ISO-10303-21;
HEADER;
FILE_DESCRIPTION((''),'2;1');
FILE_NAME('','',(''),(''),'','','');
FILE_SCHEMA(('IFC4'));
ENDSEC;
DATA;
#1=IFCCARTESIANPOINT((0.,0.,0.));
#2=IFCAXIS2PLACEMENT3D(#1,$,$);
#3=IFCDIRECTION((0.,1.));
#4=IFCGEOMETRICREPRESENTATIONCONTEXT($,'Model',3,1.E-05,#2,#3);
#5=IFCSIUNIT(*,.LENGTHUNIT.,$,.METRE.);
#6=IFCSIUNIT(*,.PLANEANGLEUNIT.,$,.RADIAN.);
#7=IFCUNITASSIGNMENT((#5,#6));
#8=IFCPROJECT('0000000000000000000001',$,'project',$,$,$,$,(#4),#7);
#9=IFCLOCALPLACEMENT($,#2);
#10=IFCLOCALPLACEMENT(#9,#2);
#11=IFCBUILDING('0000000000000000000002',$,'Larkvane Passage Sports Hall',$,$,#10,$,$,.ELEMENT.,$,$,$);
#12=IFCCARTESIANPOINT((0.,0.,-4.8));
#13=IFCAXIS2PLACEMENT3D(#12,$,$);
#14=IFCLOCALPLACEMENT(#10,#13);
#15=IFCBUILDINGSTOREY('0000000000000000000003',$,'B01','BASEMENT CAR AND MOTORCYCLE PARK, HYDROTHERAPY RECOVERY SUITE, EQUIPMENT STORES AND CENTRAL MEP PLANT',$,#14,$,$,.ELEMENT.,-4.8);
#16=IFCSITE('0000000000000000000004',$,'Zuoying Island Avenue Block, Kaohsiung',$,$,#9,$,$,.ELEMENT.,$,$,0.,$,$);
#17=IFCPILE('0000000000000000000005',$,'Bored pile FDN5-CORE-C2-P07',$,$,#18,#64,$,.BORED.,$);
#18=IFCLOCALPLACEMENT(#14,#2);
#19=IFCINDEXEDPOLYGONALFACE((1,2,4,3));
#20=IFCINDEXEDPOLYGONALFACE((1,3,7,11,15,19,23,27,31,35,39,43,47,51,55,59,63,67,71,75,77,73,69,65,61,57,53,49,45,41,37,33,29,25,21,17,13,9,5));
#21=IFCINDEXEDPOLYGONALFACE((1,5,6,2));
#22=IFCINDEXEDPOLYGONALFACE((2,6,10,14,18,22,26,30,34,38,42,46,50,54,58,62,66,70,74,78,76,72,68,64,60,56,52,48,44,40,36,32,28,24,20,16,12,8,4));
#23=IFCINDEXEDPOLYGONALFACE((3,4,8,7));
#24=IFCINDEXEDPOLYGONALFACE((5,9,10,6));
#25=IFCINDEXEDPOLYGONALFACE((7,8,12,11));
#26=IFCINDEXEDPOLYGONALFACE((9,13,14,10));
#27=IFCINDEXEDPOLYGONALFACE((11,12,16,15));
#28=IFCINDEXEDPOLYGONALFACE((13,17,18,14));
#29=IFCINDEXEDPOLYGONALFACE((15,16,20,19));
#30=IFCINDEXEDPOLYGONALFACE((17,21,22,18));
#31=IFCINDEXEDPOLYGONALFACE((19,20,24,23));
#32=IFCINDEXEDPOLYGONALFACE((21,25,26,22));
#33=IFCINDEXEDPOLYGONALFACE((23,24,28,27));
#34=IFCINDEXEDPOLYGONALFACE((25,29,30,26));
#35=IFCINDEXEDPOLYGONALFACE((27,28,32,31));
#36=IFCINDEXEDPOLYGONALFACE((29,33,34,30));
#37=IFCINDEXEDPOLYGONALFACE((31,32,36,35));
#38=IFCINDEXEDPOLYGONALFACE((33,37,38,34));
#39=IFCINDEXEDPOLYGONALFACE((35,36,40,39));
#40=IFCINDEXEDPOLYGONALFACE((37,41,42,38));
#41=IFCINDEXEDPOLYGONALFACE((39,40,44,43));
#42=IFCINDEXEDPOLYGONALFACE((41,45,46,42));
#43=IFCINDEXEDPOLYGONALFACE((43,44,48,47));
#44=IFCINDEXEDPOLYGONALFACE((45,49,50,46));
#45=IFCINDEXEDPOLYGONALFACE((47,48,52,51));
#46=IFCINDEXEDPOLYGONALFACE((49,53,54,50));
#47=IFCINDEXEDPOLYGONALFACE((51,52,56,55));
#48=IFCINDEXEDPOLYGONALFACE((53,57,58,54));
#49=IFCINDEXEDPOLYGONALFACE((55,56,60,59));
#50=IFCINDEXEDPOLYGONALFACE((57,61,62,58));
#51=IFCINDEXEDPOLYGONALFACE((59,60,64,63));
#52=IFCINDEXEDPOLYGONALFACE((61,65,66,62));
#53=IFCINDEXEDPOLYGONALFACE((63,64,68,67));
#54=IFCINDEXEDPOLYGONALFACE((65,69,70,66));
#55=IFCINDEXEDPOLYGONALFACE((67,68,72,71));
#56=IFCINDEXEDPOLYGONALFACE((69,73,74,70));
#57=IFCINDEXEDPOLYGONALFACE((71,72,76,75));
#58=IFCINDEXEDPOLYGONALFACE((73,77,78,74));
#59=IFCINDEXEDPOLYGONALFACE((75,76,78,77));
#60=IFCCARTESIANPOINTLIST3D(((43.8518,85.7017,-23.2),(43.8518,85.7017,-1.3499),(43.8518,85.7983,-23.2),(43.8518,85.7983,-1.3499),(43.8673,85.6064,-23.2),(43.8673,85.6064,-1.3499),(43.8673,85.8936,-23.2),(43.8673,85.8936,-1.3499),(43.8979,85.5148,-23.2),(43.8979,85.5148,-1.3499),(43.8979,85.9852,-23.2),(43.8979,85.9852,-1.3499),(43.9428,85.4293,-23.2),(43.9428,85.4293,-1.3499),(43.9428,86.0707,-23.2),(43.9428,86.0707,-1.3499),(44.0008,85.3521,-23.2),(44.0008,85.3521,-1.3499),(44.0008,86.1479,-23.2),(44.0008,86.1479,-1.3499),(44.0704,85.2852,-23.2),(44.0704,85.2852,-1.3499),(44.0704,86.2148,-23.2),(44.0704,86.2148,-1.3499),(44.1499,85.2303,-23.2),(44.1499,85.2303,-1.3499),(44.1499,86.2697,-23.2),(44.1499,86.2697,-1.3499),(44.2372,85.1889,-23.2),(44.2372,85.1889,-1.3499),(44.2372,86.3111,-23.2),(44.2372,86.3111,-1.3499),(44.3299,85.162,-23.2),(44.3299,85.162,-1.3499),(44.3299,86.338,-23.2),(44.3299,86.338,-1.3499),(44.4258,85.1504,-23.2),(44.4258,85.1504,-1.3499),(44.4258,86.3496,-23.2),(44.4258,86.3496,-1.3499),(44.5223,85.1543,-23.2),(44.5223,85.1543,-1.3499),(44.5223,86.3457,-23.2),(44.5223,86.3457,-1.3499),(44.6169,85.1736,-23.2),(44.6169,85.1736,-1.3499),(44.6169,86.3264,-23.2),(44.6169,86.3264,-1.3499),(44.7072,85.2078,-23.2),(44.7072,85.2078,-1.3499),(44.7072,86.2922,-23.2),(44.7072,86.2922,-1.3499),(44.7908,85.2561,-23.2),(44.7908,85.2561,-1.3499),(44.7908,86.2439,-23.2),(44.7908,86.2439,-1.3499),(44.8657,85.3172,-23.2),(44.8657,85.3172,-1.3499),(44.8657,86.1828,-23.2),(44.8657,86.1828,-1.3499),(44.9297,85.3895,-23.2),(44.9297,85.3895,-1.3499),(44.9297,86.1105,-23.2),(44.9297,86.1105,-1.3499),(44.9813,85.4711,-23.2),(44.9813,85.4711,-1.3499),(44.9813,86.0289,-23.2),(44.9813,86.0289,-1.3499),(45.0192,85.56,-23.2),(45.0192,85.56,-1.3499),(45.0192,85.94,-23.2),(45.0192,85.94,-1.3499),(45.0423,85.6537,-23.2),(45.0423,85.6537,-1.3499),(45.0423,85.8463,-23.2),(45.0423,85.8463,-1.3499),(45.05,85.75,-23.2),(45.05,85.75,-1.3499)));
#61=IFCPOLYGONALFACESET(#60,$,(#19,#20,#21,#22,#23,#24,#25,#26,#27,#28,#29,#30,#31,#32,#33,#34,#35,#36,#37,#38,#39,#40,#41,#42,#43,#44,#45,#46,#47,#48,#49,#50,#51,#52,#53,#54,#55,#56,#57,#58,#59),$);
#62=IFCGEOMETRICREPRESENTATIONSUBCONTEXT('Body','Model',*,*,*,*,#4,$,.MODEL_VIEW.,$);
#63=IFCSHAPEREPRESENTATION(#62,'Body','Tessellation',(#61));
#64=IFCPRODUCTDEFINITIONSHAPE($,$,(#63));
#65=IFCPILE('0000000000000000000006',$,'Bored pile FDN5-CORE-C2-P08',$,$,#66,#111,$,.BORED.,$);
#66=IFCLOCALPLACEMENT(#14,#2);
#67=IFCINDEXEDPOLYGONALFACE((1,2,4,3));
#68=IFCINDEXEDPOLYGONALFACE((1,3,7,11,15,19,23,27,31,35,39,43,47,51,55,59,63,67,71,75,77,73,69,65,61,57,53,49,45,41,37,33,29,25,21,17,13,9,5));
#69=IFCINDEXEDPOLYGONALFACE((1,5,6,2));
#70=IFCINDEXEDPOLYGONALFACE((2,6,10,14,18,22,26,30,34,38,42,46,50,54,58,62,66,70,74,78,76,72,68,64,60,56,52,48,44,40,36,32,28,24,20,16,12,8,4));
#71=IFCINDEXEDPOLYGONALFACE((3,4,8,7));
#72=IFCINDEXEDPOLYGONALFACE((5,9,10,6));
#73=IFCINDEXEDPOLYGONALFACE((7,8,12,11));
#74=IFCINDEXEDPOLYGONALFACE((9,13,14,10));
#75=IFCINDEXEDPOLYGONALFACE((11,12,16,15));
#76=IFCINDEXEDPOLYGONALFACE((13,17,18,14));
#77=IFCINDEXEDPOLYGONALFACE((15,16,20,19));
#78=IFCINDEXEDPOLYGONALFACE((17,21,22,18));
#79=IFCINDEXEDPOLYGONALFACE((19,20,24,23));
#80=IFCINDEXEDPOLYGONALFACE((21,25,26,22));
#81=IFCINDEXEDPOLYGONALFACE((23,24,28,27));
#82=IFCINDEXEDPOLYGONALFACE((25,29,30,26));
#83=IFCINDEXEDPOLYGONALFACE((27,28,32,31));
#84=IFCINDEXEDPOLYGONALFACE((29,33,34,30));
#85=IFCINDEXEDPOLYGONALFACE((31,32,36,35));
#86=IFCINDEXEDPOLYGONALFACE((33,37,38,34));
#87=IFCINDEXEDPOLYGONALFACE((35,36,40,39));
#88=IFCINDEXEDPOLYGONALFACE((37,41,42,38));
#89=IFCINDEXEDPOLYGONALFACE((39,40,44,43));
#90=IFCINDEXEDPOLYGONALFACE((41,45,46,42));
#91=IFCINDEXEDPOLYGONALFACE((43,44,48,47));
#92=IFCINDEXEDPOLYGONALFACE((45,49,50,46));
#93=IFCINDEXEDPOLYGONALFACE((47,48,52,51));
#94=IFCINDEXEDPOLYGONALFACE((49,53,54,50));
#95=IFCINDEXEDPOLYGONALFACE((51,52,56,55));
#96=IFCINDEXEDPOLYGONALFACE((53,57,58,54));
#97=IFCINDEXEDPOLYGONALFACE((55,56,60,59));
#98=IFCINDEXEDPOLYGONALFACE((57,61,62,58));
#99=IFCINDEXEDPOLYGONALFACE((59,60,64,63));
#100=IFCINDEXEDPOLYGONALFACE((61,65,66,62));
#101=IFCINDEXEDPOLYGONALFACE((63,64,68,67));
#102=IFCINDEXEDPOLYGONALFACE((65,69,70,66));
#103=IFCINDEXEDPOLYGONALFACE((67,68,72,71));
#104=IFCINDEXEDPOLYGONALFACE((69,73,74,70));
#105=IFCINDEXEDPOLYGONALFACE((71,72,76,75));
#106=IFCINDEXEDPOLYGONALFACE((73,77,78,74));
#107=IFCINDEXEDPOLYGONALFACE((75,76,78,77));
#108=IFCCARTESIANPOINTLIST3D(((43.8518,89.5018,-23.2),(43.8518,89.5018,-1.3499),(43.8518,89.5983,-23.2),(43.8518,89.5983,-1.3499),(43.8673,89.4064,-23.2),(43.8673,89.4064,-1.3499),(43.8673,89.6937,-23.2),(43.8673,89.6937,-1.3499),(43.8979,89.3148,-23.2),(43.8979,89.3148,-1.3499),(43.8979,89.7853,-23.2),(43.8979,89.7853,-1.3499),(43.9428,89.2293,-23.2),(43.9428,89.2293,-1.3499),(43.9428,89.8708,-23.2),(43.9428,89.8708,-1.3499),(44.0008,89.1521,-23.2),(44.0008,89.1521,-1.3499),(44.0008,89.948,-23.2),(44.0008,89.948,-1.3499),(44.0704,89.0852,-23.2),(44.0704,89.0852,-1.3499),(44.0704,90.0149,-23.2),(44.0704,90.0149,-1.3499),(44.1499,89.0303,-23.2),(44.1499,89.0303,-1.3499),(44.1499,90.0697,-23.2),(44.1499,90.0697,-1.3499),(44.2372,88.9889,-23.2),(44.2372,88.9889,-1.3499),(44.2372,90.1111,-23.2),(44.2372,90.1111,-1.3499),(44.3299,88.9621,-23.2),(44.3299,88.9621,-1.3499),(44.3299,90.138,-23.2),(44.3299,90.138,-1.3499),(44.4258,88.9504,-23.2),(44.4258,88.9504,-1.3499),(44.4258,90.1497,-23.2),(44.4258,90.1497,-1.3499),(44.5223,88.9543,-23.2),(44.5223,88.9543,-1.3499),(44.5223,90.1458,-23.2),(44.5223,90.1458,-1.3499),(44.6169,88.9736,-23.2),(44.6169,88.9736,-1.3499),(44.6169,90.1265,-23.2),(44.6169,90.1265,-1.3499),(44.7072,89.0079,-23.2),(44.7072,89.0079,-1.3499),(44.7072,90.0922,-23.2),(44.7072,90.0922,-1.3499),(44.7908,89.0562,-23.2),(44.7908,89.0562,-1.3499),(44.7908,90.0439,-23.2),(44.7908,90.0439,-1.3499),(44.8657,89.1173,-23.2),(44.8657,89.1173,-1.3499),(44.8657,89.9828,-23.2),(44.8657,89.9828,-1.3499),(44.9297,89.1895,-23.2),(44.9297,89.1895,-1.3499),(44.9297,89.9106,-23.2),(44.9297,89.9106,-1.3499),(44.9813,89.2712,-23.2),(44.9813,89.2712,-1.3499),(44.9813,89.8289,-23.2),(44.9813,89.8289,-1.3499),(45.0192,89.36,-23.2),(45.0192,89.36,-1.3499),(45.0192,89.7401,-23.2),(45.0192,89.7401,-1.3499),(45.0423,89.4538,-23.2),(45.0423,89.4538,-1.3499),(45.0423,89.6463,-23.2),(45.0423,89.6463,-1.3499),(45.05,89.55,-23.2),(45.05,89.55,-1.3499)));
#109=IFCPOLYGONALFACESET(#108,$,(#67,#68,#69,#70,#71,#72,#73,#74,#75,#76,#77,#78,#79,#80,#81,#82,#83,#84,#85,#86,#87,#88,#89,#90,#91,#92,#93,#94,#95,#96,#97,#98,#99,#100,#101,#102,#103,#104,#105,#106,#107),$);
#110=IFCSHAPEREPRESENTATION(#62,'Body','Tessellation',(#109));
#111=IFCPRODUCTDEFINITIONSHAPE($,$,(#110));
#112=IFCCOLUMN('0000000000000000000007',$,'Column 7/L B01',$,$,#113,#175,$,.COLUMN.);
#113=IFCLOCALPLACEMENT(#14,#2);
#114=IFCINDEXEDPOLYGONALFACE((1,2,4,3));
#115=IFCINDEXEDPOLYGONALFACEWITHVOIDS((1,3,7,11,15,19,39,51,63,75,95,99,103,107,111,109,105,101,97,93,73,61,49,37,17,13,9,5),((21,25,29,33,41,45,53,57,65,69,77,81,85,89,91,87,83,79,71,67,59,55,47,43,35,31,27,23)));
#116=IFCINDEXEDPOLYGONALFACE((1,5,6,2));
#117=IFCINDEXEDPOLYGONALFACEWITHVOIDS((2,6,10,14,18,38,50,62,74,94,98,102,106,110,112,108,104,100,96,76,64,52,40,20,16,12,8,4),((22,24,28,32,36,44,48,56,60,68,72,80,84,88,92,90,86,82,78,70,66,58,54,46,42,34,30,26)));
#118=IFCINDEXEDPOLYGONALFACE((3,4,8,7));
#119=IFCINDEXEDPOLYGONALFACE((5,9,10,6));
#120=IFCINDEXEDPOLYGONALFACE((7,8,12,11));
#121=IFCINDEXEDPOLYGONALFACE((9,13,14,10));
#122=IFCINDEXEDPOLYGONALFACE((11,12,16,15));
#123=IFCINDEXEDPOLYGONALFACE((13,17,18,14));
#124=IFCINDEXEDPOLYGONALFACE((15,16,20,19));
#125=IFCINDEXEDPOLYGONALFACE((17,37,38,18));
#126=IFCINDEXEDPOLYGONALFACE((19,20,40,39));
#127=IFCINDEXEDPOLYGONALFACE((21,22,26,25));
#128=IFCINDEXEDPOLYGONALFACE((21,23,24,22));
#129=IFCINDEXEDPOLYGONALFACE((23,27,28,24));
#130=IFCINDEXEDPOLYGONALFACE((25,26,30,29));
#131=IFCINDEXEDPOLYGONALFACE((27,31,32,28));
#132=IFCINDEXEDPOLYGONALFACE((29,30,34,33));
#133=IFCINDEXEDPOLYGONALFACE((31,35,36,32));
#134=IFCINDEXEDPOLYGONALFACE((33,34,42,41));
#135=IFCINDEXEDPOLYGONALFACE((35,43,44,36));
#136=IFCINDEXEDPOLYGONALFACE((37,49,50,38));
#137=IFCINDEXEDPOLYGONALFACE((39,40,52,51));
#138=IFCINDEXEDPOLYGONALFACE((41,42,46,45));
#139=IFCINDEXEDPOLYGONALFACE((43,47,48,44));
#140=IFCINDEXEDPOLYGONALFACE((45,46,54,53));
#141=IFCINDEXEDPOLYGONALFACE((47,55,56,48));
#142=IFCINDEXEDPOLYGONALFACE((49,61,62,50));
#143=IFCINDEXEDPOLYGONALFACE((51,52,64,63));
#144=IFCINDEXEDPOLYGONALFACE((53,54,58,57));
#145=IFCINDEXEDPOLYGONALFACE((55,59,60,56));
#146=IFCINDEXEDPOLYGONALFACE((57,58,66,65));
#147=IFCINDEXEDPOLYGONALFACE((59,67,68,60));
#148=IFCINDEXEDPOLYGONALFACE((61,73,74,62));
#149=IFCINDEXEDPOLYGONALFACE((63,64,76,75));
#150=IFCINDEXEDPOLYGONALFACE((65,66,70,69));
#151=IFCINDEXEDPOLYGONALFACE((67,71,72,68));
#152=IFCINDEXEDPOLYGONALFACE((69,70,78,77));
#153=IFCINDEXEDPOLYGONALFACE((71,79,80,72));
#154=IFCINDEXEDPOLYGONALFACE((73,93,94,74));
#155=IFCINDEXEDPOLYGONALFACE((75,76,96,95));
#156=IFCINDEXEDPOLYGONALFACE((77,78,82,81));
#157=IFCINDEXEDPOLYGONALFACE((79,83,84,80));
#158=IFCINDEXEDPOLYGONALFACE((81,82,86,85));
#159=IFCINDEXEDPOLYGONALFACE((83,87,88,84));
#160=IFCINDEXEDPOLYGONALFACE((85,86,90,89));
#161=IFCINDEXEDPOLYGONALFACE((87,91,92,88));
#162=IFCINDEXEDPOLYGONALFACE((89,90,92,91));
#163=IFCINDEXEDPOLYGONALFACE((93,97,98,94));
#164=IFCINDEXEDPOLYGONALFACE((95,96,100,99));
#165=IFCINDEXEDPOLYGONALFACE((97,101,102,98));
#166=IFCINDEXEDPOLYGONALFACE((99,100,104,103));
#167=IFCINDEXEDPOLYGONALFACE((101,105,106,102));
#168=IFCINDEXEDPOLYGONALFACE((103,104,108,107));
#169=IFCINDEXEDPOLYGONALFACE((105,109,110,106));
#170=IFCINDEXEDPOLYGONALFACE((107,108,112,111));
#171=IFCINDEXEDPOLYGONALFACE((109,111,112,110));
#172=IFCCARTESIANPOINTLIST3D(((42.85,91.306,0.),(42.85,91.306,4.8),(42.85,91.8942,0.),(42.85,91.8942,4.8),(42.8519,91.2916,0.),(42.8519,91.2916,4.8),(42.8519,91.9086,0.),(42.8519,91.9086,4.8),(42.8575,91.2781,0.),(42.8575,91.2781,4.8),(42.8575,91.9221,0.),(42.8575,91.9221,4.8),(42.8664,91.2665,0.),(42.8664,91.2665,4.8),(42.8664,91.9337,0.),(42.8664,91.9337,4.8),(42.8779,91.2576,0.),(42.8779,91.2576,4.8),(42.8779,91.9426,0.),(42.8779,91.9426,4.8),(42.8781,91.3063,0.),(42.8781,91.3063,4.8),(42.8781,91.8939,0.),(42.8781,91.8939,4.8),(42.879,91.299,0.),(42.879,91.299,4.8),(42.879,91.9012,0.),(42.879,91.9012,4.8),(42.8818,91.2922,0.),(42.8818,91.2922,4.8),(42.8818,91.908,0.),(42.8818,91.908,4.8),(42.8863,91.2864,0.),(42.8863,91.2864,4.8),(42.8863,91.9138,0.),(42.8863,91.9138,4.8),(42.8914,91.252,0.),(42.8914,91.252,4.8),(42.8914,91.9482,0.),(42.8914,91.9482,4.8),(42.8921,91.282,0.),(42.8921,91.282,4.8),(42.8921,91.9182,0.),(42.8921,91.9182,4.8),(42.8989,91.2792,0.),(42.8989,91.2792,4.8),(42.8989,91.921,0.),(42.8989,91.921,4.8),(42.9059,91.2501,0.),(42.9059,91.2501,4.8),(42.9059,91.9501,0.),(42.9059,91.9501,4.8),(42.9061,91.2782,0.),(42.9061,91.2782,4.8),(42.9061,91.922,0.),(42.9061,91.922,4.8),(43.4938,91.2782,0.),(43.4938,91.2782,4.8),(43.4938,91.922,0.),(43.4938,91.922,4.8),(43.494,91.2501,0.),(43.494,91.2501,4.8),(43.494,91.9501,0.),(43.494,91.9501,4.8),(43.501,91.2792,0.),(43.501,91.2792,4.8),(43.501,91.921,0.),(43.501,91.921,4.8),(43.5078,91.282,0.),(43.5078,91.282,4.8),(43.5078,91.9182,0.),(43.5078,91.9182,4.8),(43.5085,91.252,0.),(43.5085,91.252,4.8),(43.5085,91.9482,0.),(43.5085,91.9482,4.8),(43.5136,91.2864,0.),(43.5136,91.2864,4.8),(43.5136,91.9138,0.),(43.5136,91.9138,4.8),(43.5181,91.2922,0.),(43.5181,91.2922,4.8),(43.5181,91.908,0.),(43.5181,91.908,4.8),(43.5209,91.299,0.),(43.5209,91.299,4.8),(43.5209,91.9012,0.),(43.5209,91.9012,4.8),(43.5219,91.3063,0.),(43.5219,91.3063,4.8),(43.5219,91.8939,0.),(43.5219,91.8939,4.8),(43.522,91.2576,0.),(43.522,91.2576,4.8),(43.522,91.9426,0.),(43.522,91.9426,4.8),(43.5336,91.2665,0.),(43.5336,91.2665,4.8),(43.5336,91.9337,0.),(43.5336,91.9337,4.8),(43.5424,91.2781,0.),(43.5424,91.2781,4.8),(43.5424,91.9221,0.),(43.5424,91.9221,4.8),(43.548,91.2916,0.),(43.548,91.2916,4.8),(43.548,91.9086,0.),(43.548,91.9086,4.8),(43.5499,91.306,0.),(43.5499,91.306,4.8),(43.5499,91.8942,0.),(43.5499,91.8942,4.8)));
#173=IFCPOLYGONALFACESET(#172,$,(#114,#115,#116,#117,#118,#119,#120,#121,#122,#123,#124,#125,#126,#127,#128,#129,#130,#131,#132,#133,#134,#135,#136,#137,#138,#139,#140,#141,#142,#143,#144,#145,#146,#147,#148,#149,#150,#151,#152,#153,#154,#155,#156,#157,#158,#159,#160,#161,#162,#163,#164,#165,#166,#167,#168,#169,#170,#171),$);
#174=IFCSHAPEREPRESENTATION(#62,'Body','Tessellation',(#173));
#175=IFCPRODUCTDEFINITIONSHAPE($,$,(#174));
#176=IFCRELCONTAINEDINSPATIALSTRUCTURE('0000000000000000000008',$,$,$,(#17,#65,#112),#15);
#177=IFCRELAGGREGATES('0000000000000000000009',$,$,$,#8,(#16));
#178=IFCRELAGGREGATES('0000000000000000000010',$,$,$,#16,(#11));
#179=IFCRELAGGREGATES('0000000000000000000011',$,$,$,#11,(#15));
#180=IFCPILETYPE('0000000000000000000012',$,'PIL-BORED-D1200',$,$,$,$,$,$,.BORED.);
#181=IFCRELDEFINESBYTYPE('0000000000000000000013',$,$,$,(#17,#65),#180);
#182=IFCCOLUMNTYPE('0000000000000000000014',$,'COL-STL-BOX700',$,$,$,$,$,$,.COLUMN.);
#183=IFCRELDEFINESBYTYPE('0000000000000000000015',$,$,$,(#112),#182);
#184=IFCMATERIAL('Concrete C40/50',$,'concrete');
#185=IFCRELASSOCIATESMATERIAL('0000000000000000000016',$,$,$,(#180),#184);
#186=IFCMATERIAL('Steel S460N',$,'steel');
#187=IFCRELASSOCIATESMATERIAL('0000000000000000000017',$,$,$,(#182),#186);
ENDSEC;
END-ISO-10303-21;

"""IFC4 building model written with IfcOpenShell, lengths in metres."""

from ifc_helpers import new_model, si_unit, direction, frame, origin, origin_2d, place, context, subcontext, project, spatial, hollow_rectangle, circle, extrude, material, material_profile, profile_set, type_object, element, save


model = new_model("IFC4")

# Units and contexts
model_context = context("Model", 3, precision=1e-05, world=origin(), true_north=direction((0.0, 1.0)))
body_context = subcontext(model_context, "Body", "Model", "MODEL_VIEW")
ifc_project = project(units=[si_unit("LENGTHUNIT", "METRE"), si_unit("PLANEANGLEUNIT", "RADIAN")], contexts=[model_context])

# Site, building, storey
site_placement = place(None, origin())
site = spatial("IfcSite", under=ifc_project, at=site_placement, Name="Zuoying Island Avenue Block, Kaohsiung", CompositionType="ELEMENT", RefElevation=0.0)
building_placement = place(site_placement, origin())
building = spatial("IfcBuilding", under=site, at=building_placement, Name="Larkvane Passage Sports Hall", CompositionType="ELEMENT")
storey_placement = place(building_placement, frame((0.0, 0.0, -4.8)))
storey = spatial("IfcBuildingStorey", under=building, at=storey_placement, Name="B01", Description="BASEMENT CAR AND MOTORCYCLE PARK, HYDROTHERAPY RECOVERY SUITE, EQUIPMENT STORES AND CENTRAL MEP PLANT", CompositionType="ELEMENT", Elevation=-4.8)

# Shared definitions
ifc_material_1 = material(Name="Concrete C40/50", Category="concrete")

# Piles
ifc_material_profile_1 = material_profile(ifc_material_1, circle(Radius=0.6001, at=origin_2d()), Name="PILE-D1200")
ifc_profile_set_1 = profile_set([ifc_material_profile_1], Name="Concrete C40/50")
pile_type = type_object("IfcPileType", Name="PIL-BORED-D1200", PredefinedType="BORED", material=ifc_profile_set_1)
for number, where, z_axis, x_axis, name in (
    (1, (44.45, 85.75, -1.3499), (0.0, 0.0, -1.0), (1.0, 0.0, 0.0), "Bored pile FDN5-CORE-C2-P07"),
    (2, (44.45, 89.55, -1.3499), (0.0, 0.0, -1.0), (1.0, 0.0, 0.0), "Bored pile FDN5-CORE-C2-P08"),
):
    element("IfcPile", number, at=place(storey_placement, frame(where, z_axis=z_axis, x_axis=x_axis)), inside=storey, type_object=pile_type, Name=name, PredefinedType="BORED", context=body_context, shape_type="SweptSolid", body=[
        extrude(circle(Radius=0.6001, at=origin_2d()), origin(), (0.0, 0.0, 1.0), 21.8501),
    ])

# Column
ifc_material_2 = material(Name="Steel S460N", Category="steel")
ifc_material_profile_2 = material_profile(ifc_material_2, hollow_rectangle(XDim=0.7, YDim=0.7, WallThickness=0.0281, InnerFilletRadius=0.0281, OuterFilletRadius=0.0559, at=origin_2d()), Name="BOX-700x700x28")
ifc_profile_set_2 = profile_set([ifc_material_profile_2], Name="Steel S460N")
column_type_1 = type_object("IfcColumnType", Name="COL-STL-BOX700", PredefinedType="COLUMN", material=ifc_profile_set_2)
column_1_placement = place(storey_placement, frame((43.2, 91.6001, 0.0), z_axis=(0.0, 0.0, 1.0), x_axis=(1.0, 0.0, 0.0)))
element("IfcColumn", 3, at=column_1_placement, inside=storey, type_object=column_type_1, Name="Column 7/L B01", PredefinedType="COLUMN", context=body_context, shape_type="SweptSolid", body=[
    extrude(hollow_rectangle(XDim=0.7, YDim=0.7, WallThickness=0.0281, InnerFilletRadius=0.0281, OuterFilletRadius=0.0559, at=origin_2d()), origin(), (0.0, 0.0, 1.0), 4.8),
])

save(model, "model.ifc")
